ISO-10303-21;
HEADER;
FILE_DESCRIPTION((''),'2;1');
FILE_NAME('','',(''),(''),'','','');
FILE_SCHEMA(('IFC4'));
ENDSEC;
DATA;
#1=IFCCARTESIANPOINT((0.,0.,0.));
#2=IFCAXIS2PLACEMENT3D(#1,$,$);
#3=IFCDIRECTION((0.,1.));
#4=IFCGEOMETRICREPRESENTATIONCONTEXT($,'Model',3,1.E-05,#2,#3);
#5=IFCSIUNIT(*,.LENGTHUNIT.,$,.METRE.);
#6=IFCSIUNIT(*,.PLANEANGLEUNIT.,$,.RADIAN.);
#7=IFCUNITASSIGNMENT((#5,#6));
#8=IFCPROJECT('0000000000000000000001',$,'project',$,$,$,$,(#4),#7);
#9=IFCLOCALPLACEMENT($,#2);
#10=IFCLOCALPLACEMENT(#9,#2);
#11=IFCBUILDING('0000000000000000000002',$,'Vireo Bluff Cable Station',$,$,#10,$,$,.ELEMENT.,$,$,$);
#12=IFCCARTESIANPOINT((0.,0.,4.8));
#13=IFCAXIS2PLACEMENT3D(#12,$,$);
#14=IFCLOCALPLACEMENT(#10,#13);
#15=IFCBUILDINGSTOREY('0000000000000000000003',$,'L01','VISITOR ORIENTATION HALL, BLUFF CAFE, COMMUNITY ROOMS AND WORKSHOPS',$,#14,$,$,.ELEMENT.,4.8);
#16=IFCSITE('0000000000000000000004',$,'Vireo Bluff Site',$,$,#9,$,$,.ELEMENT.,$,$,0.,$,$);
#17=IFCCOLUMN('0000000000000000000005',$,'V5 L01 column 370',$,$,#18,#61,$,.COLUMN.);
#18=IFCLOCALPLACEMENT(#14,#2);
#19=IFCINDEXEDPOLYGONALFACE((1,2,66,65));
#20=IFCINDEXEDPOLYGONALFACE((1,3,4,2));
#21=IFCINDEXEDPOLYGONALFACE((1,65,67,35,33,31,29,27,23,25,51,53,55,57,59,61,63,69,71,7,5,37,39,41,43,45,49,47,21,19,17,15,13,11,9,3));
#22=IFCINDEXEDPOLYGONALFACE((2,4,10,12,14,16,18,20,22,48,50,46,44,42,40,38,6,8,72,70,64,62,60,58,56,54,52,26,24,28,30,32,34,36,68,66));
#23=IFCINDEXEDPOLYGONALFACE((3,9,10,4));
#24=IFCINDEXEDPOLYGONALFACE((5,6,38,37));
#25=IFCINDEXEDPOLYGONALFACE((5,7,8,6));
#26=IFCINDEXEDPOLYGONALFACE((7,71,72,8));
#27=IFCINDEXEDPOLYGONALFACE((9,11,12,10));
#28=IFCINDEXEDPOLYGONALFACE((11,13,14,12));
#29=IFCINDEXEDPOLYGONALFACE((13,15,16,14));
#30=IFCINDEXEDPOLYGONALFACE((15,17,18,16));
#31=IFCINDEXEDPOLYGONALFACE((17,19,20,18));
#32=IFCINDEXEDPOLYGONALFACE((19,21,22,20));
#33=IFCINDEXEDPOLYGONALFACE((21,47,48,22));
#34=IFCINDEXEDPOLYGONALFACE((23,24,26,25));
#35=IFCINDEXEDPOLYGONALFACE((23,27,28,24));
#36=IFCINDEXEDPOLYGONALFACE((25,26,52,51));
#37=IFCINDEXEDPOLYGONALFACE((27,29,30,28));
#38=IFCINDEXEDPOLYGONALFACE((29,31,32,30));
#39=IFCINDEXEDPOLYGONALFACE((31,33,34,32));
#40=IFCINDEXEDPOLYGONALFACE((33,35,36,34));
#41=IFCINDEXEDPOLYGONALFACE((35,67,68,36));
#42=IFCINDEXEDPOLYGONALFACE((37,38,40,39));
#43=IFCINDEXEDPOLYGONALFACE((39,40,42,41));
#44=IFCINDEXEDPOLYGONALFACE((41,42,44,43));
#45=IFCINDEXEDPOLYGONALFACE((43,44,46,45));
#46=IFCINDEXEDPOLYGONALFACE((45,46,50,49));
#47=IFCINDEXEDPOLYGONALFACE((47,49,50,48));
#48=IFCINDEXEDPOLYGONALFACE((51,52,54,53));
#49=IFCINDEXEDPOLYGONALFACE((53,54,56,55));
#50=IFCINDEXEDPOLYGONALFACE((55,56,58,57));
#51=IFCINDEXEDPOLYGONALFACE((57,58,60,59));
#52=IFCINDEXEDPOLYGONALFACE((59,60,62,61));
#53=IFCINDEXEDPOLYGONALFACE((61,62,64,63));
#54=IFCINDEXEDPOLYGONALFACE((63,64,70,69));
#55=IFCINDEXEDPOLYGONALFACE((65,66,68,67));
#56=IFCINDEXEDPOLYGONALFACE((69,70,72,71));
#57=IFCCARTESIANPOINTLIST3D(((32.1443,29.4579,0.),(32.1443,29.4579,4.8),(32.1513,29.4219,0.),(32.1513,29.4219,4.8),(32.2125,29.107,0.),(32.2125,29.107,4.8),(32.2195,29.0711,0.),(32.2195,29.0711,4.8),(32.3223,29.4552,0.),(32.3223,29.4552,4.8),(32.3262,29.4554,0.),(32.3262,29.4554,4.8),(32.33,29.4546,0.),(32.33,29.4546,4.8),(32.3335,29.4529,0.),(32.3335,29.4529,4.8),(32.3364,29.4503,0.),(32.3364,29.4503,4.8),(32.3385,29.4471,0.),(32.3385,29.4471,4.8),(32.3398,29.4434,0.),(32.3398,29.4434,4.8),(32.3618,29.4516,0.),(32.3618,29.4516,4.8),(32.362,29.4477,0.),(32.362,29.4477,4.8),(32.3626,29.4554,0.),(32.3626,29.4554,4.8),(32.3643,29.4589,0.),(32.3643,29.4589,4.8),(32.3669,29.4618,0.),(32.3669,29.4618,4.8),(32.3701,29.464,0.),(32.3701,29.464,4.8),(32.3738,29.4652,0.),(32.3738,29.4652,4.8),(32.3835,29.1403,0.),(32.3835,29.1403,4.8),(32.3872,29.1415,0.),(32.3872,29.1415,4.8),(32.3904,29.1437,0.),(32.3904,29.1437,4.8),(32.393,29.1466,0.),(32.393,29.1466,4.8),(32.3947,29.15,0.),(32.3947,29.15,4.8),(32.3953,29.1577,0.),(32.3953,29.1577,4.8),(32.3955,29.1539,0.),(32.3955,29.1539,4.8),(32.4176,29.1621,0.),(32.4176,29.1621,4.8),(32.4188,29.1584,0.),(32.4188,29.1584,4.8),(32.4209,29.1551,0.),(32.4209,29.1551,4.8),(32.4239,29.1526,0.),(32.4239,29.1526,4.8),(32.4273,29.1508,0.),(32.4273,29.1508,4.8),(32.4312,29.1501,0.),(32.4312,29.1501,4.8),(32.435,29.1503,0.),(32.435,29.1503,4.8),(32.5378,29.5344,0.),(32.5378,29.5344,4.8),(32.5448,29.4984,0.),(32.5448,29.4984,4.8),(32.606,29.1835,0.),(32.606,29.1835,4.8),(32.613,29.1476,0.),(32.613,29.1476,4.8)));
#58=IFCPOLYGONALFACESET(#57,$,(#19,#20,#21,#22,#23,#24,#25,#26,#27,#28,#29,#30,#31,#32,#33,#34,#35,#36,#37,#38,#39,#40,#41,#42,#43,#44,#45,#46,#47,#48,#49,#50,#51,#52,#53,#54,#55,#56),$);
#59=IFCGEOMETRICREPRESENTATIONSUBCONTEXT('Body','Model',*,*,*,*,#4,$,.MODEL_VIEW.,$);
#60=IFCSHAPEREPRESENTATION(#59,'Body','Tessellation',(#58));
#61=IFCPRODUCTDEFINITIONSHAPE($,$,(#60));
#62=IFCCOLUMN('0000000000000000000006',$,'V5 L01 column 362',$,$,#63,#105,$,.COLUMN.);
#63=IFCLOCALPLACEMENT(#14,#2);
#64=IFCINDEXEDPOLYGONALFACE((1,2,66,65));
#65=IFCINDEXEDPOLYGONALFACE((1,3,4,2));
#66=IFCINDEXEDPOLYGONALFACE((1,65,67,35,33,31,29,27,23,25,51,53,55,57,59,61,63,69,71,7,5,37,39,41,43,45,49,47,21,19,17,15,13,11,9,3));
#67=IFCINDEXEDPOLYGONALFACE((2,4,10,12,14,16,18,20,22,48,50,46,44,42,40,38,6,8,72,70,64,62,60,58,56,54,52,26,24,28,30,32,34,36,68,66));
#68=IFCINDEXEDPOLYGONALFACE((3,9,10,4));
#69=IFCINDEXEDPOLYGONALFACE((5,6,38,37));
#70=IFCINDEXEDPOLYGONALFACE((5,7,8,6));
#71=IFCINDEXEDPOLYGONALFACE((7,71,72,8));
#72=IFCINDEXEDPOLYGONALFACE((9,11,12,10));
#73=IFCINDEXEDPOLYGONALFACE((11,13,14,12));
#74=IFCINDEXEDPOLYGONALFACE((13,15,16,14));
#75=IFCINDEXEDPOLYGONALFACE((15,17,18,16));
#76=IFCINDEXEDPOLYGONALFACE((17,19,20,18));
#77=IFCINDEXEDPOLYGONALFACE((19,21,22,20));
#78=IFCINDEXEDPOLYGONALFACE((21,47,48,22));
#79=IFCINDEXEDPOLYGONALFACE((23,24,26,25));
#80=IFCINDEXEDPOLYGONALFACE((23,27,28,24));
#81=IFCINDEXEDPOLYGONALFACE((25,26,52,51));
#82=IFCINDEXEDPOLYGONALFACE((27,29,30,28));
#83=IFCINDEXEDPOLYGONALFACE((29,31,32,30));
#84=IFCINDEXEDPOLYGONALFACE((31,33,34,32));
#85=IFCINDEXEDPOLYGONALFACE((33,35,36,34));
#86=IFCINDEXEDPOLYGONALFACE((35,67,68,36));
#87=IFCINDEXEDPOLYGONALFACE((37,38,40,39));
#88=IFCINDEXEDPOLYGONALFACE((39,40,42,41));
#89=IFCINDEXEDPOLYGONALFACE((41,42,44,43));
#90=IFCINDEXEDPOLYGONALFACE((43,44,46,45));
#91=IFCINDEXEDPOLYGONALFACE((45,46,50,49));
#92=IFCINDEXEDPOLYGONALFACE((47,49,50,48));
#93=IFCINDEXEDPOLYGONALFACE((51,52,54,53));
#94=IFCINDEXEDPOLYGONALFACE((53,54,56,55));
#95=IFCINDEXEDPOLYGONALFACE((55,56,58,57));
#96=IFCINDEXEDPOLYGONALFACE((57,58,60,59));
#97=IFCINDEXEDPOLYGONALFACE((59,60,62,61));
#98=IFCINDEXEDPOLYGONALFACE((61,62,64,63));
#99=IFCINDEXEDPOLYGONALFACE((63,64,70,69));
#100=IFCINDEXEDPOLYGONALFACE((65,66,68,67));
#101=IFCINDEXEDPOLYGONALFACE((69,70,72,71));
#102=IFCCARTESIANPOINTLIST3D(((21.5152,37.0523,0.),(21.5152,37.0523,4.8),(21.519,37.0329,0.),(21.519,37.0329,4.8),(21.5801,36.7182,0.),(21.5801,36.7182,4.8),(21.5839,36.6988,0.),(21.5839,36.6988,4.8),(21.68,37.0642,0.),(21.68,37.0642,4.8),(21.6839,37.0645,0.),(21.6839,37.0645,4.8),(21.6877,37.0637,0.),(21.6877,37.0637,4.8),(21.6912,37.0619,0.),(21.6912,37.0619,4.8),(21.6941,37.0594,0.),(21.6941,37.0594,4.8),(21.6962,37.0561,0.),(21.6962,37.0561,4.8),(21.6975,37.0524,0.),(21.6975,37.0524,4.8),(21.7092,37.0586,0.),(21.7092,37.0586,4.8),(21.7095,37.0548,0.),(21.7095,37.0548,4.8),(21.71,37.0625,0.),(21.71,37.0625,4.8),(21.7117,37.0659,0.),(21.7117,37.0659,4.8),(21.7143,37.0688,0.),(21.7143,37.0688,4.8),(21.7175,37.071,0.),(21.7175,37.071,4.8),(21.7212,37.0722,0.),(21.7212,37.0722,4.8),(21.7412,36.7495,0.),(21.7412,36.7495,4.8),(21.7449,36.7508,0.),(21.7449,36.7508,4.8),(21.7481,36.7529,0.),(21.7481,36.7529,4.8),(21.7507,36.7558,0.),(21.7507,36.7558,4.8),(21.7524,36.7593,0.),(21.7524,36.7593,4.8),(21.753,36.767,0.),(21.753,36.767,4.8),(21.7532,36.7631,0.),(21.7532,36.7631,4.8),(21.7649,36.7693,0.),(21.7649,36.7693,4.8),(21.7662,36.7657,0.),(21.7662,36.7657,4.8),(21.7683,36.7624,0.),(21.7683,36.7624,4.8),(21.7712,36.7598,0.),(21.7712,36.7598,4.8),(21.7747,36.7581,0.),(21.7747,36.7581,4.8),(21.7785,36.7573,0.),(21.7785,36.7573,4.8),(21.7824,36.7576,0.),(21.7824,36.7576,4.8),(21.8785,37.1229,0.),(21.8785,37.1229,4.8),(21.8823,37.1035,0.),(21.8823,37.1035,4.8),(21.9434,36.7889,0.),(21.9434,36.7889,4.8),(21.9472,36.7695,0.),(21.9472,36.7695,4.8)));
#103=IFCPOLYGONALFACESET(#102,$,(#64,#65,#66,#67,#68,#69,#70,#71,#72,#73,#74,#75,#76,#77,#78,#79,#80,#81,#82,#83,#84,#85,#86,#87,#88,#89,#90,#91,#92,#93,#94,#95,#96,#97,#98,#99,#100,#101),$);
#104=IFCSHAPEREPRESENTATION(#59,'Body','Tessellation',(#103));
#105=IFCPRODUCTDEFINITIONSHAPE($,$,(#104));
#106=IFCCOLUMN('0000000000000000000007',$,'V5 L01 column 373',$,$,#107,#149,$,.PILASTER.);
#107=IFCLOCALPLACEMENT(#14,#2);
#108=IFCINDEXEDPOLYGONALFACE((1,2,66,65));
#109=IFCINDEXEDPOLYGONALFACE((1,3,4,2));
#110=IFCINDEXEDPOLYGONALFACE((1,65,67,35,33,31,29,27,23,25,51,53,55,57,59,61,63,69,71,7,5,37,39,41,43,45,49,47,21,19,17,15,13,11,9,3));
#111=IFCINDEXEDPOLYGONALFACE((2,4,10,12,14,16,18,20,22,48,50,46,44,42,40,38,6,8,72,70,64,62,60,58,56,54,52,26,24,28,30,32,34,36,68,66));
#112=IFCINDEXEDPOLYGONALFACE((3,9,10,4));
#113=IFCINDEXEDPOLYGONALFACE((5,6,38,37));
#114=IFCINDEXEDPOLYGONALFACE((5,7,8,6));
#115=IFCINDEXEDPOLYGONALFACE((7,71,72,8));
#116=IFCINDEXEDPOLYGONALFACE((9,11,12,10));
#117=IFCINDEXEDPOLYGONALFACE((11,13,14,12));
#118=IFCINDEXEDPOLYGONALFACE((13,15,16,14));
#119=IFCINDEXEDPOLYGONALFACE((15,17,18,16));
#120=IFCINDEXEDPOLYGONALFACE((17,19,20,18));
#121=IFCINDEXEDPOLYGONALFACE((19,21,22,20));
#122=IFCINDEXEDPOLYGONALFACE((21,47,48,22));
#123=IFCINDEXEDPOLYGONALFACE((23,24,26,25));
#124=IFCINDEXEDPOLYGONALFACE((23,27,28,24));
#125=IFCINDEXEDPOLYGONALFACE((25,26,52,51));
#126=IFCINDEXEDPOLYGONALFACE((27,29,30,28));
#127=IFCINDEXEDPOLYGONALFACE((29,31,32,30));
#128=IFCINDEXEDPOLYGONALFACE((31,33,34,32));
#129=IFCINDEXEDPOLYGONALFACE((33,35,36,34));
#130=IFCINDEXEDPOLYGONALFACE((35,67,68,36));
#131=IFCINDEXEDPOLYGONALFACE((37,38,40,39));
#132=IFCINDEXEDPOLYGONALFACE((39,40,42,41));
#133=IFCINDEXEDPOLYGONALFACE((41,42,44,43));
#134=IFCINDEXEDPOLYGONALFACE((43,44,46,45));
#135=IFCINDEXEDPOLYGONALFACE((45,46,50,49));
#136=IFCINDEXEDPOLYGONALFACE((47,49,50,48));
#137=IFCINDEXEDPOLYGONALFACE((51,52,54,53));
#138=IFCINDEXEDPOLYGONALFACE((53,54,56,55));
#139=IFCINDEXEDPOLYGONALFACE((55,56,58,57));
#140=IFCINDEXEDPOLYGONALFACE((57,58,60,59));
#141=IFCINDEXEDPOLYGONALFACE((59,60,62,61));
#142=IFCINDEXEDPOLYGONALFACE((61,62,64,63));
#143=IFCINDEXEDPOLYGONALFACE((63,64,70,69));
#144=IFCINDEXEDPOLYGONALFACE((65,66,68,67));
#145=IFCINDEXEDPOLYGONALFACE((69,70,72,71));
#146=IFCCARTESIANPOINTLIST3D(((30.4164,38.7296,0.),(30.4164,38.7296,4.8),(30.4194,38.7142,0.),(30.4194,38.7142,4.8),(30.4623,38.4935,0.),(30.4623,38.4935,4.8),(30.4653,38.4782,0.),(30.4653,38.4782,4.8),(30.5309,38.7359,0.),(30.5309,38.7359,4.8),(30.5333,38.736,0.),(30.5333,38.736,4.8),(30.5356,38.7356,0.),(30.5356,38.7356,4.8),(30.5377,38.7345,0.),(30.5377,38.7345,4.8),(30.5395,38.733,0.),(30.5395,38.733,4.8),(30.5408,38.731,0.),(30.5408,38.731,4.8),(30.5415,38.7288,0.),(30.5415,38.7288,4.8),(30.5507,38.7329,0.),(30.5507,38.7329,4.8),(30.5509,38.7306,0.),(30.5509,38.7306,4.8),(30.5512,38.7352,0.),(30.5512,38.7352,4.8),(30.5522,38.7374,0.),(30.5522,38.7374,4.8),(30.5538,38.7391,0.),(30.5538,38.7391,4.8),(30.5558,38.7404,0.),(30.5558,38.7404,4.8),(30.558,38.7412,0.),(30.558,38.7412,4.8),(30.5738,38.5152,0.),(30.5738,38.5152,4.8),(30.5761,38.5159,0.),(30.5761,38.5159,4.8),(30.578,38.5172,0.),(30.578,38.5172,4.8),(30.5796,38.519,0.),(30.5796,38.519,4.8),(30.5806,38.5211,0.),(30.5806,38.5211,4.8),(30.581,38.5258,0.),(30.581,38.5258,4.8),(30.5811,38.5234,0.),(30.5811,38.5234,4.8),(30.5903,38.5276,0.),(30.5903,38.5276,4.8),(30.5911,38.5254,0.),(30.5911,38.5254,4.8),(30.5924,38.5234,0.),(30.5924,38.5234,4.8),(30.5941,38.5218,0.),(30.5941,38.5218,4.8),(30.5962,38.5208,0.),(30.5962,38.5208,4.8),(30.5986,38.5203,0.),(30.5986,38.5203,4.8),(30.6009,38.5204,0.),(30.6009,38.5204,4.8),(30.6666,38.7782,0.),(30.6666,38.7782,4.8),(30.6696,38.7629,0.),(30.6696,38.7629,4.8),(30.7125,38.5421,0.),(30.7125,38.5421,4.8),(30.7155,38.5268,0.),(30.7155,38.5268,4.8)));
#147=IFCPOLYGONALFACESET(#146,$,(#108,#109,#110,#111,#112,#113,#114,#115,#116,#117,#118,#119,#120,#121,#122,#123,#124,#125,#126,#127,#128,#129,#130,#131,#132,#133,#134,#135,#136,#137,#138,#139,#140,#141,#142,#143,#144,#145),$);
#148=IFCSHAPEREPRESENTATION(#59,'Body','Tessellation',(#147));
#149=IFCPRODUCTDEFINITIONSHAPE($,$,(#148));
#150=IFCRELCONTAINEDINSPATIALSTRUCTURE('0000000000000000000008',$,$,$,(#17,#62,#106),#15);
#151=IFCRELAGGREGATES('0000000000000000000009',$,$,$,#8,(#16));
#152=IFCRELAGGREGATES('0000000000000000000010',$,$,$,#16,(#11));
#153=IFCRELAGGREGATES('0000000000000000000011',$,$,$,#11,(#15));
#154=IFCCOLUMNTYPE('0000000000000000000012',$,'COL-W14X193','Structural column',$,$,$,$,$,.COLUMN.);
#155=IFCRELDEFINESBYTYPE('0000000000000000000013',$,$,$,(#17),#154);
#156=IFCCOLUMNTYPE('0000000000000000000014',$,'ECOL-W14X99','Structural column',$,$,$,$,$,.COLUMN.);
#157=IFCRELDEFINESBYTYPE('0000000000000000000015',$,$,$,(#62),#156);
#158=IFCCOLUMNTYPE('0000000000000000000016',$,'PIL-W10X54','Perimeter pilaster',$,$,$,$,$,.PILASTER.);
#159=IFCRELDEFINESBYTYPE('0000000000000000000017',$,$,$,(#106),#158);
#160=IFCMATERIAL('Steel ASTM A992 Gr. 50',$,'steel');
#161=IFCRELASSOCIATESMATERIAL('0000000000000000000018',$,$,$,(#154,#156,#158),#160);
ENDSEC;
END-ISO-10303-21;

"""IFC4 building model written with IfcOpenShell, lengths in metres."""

from ifc_helpers import new_model, si_unit, direction, frame, origin, origin_2d, place, context, subcontext, project, spatial, i_section, extrude, material, material_profile, profile_set, type_object, element, save


model = new_model("IFC4")

# Units and contexts
model_context = context("Model", 3, precision=1e-05, world=origin(), true_north=direction((0.0, 1.0)))
body_context = subcontext(model_context, "Body", "Model", "MODEL_VIEW")
ifc_project = project(units=[si_unit("LENGTHUNIT", "METRE"), si_unit("PLANEANGLEUNIT", "RADIAN")], contexts=[model_context])

# Site, building, storey
site_placement = place(None, origin())
site = spatial("IfcSite", under=ifc_project, at=site_placement, Name="Vireo Bluff Site", CompositionType="ELEMENT", RefElevation=0.0)
building_placement = place(site_placement, origin())
building = spatial("IfcBuilding", under=site, at=building_placement, Name="Vireo Bluff Cable Station", CompositionType="ELEMENT")
storey_placement = place(building_placement, frame((0.0, 0.0, 4.8)))
storey = spatial("IfcBuildingStorey", under=building, at=storey_placement, Name="L01", Description="VISITOR ORIENTATION HALL, BLUFF CAFE, COMMUNITY ROOMS AND WORKSHOPS", CompositionType="ELEMENT", Elevation=4.8)

# Columns
ifc_material_1 = material(Name="Steel ASTM A992 Gr. 50", Category="steel")
ifc_material_profile_1 = material_profile(ifc_material_1, i_section(OverallWidth=0.4009, OverallDepth=0.394, WebThickness=0.0227, FlangeThickness=0.0366, FilletRadius=0.0149, at=origin_2d()), Name="W14X193")
ifc_profile_set_1 = profile_set([ifc_material_profile_1], Name="Steel ASTM A992 Gr. 50")
column_type_1 = type_object("IfcColumnType", Name="COL-W14X193", Description="Structural column", PredefinedType="COLUMN", material=ifc_profile_set_1)
column_1_placement = place(storey_placement, frame((32.3787, 29.3027, 0.0), z_axis=(0.0, 0.0, 1.0), x_axis=(0.981627, 0.190809, 0.0)))
element("IfcColumn", 1, at=column_1_placement, inside=storey, type_object=column_type_1, Name="V5 L01 column 370", PredefinedType="COLUMN", context=body_context, shape_type="SweptSolid", body=[
    extrude(i_section(OverallWidth=0.4009, OverallDepth=0.394, WebThickness=0.0227, FlangeThickness=0.0366, FilletRadius=0.0149, at=origin_2d()), origin(), (0.0, 0.0, 1.0), 4.8),
])
ifc_material_profile_2 = material_profile(ifc_material_1, i_section(OverallWidth=0.3701, OverallDepth=0.3601, WebThickness=0.0122, FlangeThickness=0.0198, FilletRadius=0.0149, at=origin_2d()), Name="W14X99")
ifc_profile_set_2 = profile_set([ifc_material_profile_2], Name="Steel ASTM A992 Gr. 50")
column_type_2 = type_object("IfcColumnType", Name="ECOL-W14X99", Description="Structural column", PredefinedType="COLUMN", material=ifc_profile_set_2)
column_2_placement = place(storey_placement, frame((21.7312, 36.9109, 0.0), z_axis=(0.0, 0.0, 1.0), x_axis=(0.981627, 0.190809, 0.0)))
element("IfcColumn", 2, at=column_2_placement, inside=storey, type_object=column_type_2, Name="V5 L01 column 362", PredefinedType="COLUMN", context=body_context, shape_type="SweptSolid", body=[
    extrude(i_section(OverallWidth=0.3701, OverallDepth=0.3601, WebThickness=0.0122, FlangeThickness=0.0198, FilletRadius=0.0149, at=origin_2d()), origin(), (0.0, 0.0, 1.0), 4.8),
])
ifc_material_profile_3 = material_profile(ifc_material_1, i_section(OverallWidth=0.2549, OverallDepth=0.2561, WebThickness=0.0095, FlangeThickness=0.0156, FilletRadius=0.009, at=origin_2d()), Name="W10X54")
ifc_profile_set_3 = profile_set([ifc_material_profile_3], Name="Steel ASTM A992 Gr. 50")
column_type_3 = type_object("IfcColumnType", Name="PIL-W10X54", Description="Perimeter pilaster", PredefinedType="PILASTER", material=ifc_profile_set_3)
column_3_placement = place(storey_placement, frame((30.5659, 38.6282, 0.0), z_axis=(0.0, 0.0, 1.0), x_axis=(0.981627, 0.190809, 0.0)))
element("IfcColumn", 3, at=column_3_placement, inside=storey, type_object=column_type_3, Name="V5 L01 column 373", PredefinedType="PILASTER", context=body_context, shape_type="SweptSolid", body=[
    extrude(i_section(OverallWidth=0.2549, OverallDepth=0.2561, WebThickness=0.0095, FlangeThickness=0.0156, FilletRadius=0.009, at=origin_2d()), origin(), (0.0, 0.0, 1.0), 4.8),
])

save(model, "model.ifc")
